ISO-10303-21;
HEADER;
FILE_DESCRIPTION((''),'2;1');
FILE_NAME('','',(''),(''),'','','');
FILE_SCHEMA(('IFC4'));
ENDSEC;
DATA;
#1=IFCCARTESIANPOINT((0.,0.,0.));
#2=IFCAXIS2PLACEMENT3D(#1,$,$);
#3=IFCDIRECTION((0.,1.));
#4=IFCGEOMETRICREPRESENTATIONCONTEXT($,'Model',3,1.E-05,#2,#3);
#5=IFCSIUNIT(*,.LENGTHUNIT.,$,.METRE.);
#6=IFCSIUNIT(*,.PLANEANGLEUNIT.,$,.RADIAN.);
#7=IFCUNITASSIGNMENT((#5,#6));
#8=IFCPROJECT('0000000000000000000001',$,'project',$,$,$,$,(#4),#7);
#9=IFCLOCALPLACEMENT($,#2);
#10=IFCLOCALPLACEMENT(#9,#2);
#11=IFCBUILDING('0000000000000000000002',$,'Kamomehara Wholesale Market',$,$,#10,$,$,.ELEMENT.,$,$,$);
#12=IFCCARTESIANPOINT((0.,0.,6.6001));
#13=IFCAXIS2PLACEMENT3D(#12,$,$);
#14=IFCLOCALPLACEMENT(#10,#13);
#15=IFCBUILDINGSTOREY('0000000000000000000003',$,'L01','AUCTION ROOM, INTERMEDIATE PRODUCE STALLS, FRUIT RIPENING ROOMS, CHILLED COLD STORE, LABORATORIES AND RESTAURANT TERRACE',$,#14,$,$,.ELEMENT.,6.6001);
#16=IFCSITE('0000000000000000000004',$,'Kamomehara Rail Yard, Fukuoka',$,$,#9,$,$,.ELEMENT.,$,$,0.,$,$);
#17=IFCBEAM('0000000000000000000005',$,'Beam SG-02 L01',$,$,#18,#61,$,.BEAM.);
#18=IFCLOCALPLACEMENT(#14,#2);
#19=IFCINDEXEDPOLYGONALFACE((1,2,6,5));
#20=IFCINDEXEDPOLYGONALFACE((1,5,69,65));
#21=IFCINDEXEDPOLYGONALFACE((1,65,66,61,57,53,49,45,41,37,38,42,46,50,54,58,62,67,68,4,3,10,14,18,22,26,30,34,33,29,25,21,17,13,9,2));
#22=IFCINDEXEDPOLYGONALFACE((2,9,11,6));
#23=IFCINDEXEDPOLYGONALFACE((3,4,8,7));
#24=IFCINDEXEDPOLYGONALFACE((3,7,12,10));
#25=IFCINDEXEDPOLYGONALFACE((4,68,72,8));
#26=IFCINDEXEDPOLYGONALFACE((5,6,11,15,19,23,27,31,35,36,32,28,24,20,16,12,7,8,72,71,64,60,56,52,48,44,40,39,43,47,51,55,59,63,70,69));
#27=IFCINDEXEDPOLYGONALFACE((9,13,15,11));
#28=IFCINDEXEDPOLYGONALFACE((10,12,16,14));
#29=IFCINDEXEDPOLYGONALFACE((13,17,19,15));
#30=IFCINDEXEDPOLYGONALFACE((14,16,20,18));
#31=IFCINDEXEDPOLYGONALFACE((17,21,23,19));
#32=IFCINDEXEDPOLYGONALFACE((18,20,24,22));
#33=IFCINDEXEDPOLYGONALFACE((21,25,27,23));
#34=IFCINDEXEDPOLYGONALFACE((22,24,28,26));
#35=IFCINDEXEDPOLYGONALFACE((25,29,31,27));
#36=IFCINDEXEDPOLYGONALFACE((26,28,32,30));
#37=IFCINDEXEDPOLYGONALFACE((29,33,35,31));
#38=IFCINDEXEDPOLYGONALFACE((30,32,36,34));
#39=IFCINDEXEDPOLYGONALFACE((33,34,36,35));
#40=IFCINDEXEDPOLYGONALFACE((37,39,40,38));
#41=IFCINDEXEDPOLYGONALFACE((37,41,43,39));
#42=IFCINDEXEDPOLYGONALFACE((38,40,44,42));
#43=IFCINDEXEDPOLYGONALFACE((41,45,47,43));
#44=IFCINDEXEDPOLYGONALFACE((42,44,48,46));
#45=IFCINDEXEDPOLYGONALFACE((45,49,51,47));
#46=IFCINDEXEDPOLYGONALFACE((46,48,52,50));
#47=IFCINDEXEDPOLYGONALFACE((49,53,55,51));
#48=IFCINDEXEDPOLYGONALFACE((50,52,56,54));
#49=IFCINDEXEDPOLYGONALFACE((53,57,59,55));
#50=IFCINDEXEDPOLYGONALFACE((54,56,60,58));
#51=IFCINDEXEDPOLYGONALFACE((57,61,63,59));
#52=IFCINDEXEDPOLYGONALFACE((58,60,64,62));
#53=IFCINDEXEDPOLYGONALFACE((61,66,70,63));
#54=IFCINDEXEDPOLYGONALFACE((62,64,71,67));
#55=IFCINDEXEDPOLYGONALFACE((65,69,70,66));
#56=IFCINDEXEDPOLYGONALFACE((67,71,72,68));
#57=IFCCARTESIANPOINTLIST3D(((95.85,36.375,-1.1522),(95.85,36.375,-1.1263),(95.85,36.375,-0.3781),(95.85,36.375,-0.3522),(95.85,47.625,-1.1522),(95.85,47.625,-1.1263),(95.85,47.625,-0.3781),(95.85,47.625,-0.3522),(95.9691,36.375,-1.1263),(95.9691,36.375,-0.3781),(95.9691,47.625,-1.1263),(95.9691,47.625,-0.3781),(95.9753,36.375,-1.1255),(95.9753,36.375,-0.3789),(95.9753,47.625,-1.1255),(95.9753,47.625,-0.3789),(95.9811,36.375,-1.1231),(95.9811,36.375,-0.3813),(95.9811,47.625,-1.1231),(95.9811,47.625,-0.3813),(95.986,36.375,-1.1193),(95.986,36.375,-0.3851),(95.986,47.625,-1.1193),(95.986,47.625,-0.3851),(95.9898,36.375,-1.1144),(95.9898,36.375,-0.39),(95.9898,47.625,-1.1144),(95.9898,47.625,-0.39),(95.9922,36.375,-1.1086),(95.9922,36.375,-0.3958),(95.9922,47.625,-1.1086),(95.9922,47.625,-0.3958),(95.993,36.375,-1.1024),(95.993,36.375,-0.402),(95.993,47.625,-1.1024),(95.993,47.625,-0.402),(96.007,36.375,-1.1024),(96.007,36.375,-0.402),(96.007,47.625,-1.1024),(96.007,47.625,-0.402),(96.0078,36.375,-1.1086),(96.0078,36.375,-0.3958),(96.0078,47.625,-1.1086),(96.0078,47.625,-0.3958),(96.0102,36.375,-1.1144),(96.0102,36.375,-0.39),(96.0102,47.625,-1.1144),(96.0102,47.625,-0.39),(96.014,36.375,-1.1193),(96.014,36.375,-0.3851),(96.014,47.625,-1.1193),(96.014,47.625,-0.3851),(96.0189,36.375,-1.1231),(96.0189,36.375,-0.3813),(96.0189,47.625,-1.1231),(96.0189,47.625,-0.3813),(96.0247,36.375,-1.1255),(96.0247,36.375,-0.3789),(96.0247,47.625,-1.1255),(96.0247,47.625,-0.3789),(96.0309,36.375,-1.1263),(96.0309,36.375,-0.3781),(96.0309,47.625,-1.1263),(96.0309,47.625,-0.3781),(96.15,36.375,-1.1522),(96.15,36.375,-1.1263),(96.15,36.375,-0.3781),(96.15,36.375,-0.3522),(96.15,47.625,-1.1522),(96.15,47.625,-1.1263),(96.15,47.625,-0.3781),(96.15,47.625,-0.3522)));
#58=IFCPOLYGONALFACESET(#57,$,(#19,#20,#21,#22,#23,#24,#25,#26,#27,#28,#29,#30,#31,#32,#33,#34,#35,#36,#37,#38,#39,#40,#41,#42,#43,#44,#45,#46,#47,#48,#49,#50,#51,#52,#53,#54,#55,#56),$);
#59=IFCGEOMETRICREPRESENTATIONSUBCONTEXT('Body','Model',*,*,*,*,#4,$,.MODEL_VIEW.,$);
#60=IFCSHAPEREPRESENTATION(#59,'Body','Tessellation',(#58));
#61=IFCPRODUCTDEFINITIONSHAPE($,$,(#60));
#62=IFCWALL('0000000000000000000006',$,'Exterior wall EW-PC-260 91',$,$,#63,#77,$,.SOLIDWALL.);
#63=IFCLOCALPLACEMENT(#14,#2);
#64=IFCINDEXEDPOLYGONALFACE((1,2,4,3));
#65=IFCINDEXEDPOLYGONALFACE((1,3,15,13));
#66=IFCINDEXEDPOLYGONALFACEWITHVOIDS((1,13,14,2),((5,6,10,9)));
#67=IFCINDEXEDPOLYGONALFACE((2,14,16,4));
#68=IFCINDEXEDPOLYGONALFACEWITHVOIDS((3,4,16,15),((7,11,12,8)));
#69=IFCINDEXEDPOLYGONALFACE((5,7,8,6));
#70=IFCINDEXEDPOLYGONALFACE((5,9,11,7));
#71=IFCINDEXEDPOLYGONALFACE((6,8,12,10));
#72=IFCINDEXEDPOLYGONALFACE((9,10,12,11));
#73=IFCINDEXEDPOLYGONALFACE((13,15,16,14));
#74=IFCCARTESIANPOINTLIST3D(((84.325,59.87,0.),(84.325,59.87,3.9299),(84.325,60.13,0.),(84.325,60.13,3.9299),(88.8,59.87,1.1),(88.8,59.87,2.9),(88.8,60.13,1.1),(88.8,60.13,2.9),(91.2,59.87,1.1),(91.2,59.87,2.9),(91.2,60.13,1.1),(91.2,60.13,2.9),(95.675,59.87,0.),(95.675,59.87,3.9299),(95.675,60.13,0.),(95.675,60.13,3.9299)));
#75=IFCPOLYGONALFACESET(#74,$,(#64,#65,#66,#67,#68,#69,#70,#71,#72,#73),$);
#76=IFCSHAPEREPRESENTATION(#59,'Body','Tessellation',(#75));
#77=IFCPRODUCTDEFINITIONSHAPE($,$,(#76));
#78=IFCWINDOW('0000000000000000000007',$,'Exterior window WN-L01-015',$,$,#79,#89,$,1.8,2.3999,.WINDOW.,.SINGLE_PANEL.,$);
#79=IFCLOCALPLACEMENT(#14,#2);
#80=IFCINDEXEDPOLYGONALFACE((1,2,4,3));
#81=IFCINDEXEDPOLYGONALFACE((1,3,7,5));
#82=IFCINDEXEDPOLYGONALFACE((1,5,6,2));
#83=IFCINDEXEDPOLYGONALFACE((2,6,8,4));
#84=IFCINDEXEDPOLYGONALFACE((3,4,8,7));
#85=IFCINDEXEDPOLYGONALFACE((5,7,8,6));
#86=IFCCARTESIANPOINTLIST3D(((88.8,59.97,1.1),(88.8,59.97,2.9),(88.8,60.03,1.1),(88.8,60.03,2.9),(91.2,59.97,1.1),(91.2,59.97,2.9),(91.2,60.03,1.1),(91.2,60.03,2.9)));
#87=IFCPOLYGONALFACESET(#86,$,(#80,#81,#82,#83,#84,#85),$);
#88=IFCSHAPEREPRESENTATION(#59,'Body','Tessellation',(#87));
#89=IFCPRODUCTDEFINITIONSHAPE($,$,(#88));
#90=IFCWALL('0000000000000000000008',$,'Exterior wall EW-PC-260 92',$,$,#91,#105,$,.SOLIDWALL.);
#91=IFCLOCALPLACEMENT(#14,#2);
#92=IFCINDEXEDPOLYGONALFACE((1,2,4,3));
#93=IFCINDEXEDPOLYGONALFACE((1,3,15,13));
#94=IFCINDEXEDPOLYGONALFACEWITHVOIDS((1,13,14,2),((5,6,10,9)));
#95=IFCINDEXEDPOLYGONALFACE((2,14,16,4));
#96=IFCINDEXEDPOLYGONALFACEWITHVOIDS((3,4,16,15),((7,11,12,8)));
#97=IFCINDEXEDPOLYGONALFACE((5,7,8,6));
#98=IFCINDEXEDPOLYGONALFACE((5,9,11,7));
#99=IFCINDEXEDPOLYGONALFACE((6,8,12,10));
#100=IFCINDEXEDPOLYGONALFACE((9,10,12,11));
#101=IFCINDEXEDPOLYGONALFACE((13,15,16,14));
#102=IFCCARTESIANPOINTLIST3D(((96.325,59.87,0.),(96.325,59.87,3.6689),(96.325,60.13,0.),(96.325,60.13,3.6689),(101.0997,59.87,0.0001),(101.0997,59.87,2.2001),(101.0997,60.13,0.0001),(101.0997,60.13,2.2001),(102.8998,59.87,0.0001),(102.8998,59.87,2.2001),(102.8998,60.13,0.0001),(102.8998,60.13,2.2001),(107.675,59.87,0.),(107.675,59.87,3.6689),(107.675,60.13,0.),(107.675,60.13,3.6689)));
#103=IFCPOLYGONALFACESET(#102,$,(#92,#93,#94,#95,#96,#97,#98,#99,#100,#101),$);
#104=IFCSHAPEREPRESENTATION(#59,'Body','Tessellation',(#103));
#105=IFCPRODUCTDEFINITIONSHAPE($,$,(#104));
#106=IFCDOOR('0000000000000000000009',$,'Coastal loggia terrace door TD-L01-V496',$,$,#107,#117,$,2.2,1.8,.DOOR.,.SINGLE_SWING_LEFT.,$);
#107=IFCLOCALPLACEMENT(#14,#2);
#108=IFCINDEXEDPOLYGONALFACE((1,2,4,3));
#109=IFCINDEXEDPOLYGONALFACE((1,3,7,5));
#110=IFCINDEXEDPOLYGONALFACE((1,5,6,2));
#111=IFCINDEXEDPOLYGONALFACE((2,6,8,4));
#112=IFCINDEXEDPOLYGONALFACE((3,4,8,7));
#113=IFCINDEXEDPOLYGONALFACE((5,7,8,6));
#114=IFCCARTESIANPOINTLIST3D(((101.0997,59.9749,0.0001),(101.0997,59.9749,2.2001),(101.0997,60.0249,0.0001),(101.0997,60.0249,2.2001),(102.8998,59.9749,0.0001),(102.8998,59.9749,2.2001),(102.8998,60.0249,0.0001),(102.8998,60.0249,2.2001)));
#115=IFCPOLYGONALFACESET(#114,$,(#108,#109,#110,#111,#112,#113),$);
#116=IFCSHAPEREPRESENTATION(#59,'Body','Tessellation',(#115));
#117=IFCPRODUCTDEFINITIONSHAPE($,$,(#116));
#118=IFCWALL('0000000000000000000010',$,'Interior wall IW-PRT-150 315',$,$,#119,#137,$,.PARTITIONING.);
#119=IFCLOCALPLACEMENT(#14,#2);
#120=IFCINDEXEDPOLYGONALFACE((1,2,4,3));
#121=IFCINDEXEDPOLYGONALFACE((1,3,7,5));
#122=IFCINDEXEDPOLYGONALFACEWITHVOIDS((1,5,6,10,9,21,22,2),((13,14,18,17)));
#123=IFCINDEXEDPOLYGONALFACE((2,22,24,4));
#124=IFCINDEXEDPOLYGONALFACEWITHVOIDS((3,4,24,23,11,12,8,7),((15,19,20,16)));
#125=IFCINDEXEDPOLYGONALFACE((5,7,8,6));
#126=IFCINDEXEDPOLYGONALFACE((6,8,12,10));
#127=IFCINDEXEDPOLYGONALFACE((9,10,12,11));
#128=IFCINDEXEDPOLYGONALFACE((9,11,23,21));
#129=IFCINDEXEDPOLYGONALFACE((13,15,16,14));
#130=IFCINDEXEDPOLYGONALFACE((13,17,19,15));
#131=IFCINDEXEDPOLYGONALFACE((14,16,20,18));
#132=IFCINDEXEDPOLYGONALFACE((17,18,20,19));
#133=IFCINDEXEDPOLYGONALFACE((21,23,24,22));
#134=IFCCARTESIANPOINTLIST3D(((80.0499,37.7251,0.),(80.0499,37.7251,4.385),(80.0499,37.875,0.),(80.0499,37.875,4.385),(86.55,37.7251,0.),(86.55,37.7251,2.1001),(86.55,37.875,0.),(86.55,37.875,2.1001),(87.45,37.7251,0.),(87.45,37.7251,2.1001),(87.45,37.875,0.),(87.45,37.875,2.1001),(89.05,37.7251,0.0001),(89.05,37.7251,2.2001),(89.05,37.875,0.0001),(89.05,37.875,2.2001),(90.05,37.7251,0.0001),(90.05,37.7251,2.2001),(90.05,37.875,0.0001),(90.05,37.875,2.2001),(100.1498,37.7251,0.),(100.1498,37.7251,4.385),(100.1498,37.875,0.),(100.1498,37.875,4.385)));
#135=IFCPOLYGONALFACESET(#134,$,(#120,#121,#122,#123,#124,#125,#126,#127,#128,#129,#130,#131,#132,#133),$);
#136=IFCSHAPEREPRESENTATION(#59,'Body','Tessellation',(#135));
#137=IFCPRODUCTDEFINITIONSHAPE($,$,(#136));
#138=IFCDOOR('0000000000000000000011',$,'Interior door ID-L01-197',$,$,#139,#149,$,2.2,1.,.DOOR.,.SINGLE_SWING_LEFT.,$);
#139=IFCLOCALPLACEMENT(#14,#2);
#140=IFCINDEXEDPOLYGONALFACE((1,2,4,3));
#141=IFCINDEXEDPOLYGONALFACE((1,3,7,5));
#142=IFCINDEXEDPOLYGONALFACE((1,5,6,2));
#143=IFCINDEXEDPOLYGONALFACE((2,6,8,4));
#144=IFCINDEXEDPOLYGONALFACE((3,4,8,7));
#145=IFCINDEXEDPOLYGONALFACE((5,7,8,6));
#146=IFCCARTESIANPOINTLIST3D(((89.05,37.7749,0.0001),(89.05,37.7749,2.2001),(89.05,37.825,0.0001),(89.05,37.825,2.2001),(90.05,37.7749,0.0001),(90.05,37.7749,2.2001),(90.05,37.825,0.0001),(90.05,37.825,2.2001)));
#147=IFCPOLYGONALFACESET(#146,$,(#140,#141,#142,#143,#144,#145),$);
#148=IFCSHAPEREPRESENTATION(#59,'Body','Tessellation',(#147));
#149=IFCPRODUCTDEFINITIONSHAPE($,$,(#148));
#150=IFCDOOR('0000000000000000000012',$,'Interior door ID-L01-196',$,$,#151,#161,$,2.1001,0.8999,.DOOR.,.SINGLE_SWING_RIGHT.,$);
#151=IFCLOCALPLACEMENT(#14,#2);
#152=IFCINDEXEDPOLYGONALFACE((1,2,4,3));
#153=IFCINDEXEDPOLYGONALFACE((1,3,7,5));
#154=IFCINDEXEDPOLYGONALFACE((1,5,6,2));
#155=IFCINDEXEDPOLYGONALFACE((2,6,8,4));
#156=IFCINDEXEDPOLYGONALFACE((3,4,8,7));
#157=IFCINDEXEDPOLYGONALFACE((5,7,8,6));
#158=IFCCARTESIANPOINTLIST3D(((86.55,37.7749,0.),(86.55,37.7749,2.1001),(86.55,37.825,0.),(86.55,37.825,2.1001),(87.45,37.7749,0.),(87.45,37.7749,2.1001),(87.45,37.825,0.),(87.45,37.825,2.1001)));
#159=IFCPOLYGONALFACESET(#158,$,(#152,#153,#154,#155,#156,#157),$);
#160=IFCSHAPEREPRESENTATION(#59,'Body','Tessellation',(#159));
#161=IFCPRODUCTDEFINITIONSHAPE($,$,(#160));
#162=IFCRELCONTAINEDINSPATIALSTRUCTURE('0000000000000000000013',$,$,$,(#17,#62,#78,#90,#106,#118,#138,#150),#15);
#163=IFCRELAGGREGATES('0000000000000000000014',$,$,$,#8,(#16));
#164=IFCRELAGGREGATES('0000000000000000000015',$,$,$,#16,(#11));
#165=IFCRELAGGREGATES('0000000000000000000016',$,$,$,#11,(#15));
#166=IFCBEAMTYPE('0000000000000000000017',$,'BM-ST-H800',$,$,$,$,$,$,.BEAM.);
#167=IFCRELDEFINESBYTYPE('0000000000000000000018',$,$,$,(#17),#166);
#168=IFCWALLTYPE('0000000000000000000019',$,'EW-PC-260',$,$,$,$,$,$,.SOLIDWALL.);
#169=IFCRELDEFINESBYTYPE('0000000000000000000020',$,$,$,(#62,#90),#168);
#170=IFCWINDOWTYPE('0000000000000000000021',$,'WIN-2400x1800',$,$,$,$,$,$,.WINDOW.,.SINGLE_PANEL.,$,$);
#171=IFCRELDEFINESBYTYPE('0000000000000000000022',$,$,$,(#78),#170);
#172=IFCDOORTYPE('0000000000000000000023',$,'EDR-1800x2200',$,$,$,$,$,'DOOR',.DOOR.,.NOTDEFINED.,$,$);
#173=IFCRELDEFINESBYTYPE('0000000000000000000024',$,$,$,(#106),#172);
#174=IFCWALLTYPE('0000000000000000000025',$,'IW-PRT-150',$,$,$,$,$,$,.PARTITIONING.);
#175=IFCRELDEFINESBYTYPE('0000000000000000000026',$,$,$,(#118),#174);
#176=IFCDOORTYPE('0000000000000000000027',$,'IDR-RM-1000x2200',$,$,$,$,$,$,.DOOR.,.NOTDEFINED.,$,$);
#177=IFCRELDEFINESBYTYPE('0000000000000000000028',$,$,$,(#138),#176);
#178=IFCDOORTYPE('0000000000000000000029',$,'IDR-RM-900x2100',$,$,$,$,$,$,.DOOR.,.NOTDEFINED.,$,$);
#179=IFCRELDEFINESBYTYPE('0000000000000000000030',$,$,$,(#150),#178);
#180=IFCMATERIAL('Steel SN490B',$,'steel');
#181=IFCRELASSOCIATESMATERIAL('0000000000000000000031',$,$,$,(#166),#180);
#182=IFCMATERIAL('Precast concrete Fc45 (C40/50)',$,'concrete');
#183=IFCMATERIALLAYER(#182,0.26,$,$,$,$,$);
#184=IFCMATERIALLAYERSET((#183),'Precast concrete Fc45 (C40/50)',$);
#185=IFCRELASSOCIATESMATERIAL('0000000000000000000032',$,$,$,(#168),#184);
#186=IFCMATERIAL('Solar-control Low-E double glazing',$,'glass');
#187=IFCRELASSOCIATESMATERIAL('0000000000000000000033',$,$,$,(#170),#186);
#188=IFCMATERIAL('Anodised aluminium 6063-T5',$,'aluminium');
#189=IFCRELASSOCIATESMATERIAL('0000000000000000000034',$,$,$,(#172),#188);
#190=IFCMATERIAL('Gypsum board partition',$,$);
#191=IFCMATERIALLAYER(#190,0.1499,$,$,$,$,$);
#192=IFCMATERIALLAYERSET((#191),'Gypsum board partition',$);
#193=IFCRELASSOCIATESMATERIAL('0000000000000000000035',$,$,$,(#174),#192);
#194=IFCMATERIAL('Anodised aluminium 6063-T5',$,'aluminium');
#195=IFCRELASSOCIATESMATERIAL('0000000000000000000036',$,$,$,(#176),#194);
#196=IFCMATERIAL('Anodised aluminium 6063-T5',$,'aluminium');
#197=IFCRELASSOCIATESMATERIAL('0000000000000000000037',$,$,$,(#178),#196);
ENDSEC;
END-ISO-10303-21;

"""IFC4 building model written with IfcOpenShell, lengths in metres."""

from ifc_helpers import new_model, si_unit, direction, frame, frame_2d, origin, origin_2d, place, context, subcontext, project, spatial, rectangle, i_section, extrude, material, layer, layer_set, material_profile, profile_set, type_object, element, fill, save


model = new_model("IFC4")

# Units and contexts
model_context = context("Model", 3, precision=1e-05, world=origin(), true_north=direction((0.0, 1.0)))
body_context = subcontext(model_context, "Body", "Model", "MODEL_VIEW")
ifc_project = project(units=[si_unit("LENGTHUNIT", "METRE"), si_unit("PLANEANGLEUNIT", "RADIAN")], contexts=[model_context])

# Site, building, storey
site_placement = place(None, origin())
site = spatial("IfcSite", under=ifc_project, at=site_placement, Name="Kamomehara Rail Yard, Fukuoka", CompositionType="ELEMENT", RefElevation=0.0)
building_placement = place(site_placement, origin())
building = spatial("IfcBuilding", under=site, at=building_placement, Name="Kamomehara Wholesale Market", CompositionType="ELEMENT")
storey_placement = place(building_placement, frame((0.0, 0.0, 6.6001)))
storey = spatial("IfcBuildingStorey", under=building, at=storey_placement, Name="L01", Description="AUCTION ROOM, INTERMEDIATE PRODUCE STALLS, FRUIT RIPENING ROOMS, CHILLED COLD STORE, LABORATORIES AND RESTAURANT TERRACE", CompositionType="ELEMENT", Elevation=6.6001)

# Beam
ifc_material_1 = material(Name="Steel SN490B", Category="steel")
ifc_material_profile_1 = material_profile(ifc_material_1, i_section(OverallWidth=0.3, OverallDepth=0.8, WebThickness=0.0139, FlangeThickness=0.0259, FilletRadius=0.0239, at=origin_2d()), Name="H-800x300x14x26")
ifc_profile_set_1 = profile_set([ifc_material_profile_1], Name="Steel SN490B")
beam_type_1 = type_object("IfcBeamType", Name="BM-ST-H800", PredefinedType="BEAM", material=ifc_profile_set_1)
beam_1_placement = place(storey_placement, frame((96.0, 36.375, -0.7522), z_axis=(0.0, 1.0, 0.0), x_axis=(-1.0, 0.0, 0.0)))
element("IfcBeam", 1, at=beam_1_placement, inside=storey, type_object=beam_type_1, Name="Beam SG-02 L01", PredefinedType="BEAM", context=body_context, shape_type="SweptSolid", body=[
    extrude(i_section(OverallWidth=0.3, OverallDepth=0.8, WebThickness=0.0139, FlangeThickness=0.0259, FilletRadius=0.0239, at=origin_2d()), origin(), (0.0, 0.0, 1.0), 11.25),
])

# Wall, opening, window
ifc_material_2 = material(Name="Precast concrete Fc45 (C40/50)", Category="concrete")
ifc_layer_1 = layer(ifc_material_2, 0.26)
ifc_layer_set_1 = layer_set([ifc_layer_1], Name="Precast concrete Fc45 (C40/50)")
wall_type_1 = type_object("IfcWallType", Name="EW-PC-260", PredefinedType="SOLIDWALL", material=ifc_layer_set_1)
wall_1_placement = place(storey_placement, frame((84.325, 60.0, 0.0), z_axis=(0.0, 0.0, 1.0), x_axis=(1.0, 0.0, 0.0)))
wall_1 = element("IfcWall", 2, at=wall_1_placement, inside=storey, type_object=wall_type_1, Name="Exterior wall EW-PC-260 91", PredefinedType="SOLIDWALL", context=body_context, shape_type="SweptSolid", body=[
    extrude(rectangle(XDim=11.3501, YDim=0.26, at=frame_2d((5.675, 0.0))), origin(), (0.0, 0.0, 1.0), 3.9299),
])
opening_1_placement = place(wall_1_placement, frame((4.4751, 0.0, 1.1001)))
opening_1 = element("IfcOpeningElement", 3, at=opening_1_placement, cuts=wall_1, PredefinedType="OPENING", context=body_context, shape_type="SweptSolid", body=[
    extrude(rectangle(XDim=2.3999, YDim=1.8, at=frame_2d((1.2, 0.8999))), frame((0.0, 0.145, 0.0), z_axis=(0.0, -1.0, 0.0), x_axis=(1.0, 0.0, 0.0)), (0.0, 0.0, 1.0), 0.2898),
])
ifc_material_3 = material(Name="Solar-control Low-E double glazing", Category="glass")
window_type = type_object("IfcWindowType", Name="WIN-2400x1800", PartitioningType="SINGLE_PANEL", PredefinedType="WINDOW", material=ifc_material_3)
window_placement = place(opening_1_placement, origin())
window = element("IfcWindow", 4, at=window_placement, inside=storey, type_object=window_type, Name="Exterior window WN-L01-015", OverallHeight=1.8, OverallWidth=2.3999, PartitioningType="SINGLE_PANEL", PredefinedType="WINDOW", context=body_context, shape_type="SweptSolid", body=[
    extrude(rectangle(XDim=2.3999, YDim=1.8, at=frame_2d((1.2, 0.8999))), frame((0.0, 0.03, 0.0), z_axis=(0.0, -1.0, 0.0), x_axis=(1.0, 0.0, 0.0)), (0.0, 0.0, 1.0), 0.0601),
])
fill(opening_1, window)

# Wall, opening, door
wall_2_placement = place(storey_placement, frame((96.325, 60.0, 0.0), z_axis=(0.0, 0.0, 1.0), x_axis=(1.0, 0.0, 0.0)))
wall_2 = element("IfcWall", 5, at=wall_2_placement, inside=storey, type_object=wall_type_1, Name="Exterior wall EW-PC-260 92", PredefinedType="SOLIDWALL", context=body_context, shape_type="SweptSolid", body=[
    extrude(rectangle(XDim=11.3501, YDim=0.26, at=frame_2d((5.675, 0.0))), origin(), (0.0, 0.0, 1.0), 3.6689),
])
opening_2_placement = place(wall_2_placement, frame((4.7749, 0.0, 0.0)))
opening_2 = element("IfcOpeningElement", 6, at=opening_2_placement, cuts=wall_2, PredefinedType="OPENING", context=body_context, shape_type="SweptSolid", body=[
    extrude(rectangle(XDim=1.8, YDim=2.2, at=frame_2d((0.8999, 1.1001))), frame((0.0, 0.145, 0.0), z_axis=(0.0, -1.0, 0.0), x_axis=(1.0, 0.0, 0.0)), (0.0, 0.0, 1.0), 0.2898),
])
ifc_material_4 = material(Name="Anodised aluminium 6063-T5", Category="aluminium")
door_type_1 = type_object("IfcDoorType", Name="EDR-1800x2200", ElementType="DOOR", OperationType="NOTDEFINED", PredefinedType="DOOR", material=ifc_material_4)
door_1_placement = place(opening_2_placement, origin())
door_1 = element("IfcDoor", 7, at=door_1_placement, inside=storey, type_object=door_type_1, Name="Coastal loggia terrace door TD-L01-V496", OperationType="SINGLE_SWING_LEFT", OverallHeight=2.2, OverallWidth=1.8, PredefinedType="DOOR", context=body_context, shape_type="SweptSolid", body=[
    extrude(rectangle(XDim=1.8, YDim=2.2, at=frame_2d((0.8999, 1.1001))), frame((0.0, 0.0249, 0.0), z_axis=(0.0, -1.0, 0.0), x_axis=(1.0, 0.0, 0.0)), (0.0, 0.0, 1.0), 0.05),
])
fill(opening_2, door_1)

# Wall, openings, doors
ifc_material_5 = material(Name="Gypsum board partition")
ifc_layer_2 = layer(ifc_material_5, 0.1499)
ifc_layer_set_2 = layer_set([ifc_layer_2], Name="Gypsum board partition")
wall_type_2 = type_object("IfcWallType", Name="IW-PRT-150", PredefinedType="PARTITIONING", material=ifc_layer_set_2)
wall_3_placement = place(storey_placement, frame((80.05, 37.8, 0.0), z_axis=(0.0, 0.0, 1.0), x_axis=(1.0, 0.0, 0.0)))
wall_3 = element("IfcWall", 8, at=wall_3_placement, inside=storey, type_object=wall_type_2, Name="Interior wall IW-PRT-150 315", PredefinedType="PARTITIONING", context=body_context, shape_type="SweptSolid", body=[
    extrude(rectangle(XDim=20.0999, YDim=0.1499, at=frame_2d((10.0498, 0.0))), origin(), (0.0, 0.0, 1.0), 4.385),
])
opening_3_placement = place(wall_3_placement, frame((6.5, 0.0, 0.0)))
opening_3 = element("IfcOpeningElement", 9, at=opening_3_placement, cuts=wall_3, PredefinedType="OPENING", context=body_context, shape_type="SweptSolid", body=[
    extrude(rectangle(XDim=0.8999, YDim=2.1001, at=frame_2d((0.45, 1.05))), frame((0.0, 0.0898, 0.0), z_axis=(0.0, -1.0, 0.0), x_axis=(1.0, 0.0, 0.0)), (0.0, 0.0, 1.0), 0.1797),
])
opening_4_placement = place(wall_3_placement, frame((9.0, 0.0, 0.0)))
opening_4 = element("IfcOpeningElement", 10, at=opening_4_placement, cuts=wall_3, PredefinedType="OPENING", context=body_context, shape_type="SweptSolid", body=[
    extrude(rectangle(XDim=1.0, YDim=2.2, at=frame_2d((0.5, 1.1001))), frame((0.0, 0.0898, 0.0), z_axis=(0.0, -1.0, 0.0), x_axis=(1.0, 0.0, 0.0)), (0.0, 0.0, 1.0), 0.1797),
])
ifc_material_6 = material(Name="Anodised aluminium 6063-T5", Category="aluminium")
door_type_2 = type_object("IfcDoorType", Name="IDR-RM-1000x2200", OperationType="NOTDEFINED", PredefinedType="DOOR", material=ifc_material_6)
door_2_placement = place(opening_4_placement, origin())
door_2 = element("IfcDoor", 11, at=door_2_placement, inside=storey, type_object=door_type_2, Name="Interior door ID-L01-197", OperationType="SINGLE_SWING_LEFT", OverallHeight=2.2, OverallWidth=1.0, PredefinedType="DOOR", context=body_context, shape_type="SweptSolid", body=[
    extrude(rectangle(XDim=1.0, YDim=2.2, at=frame_2d((0.5, 1.1001))), frame((0.0, 0.0249, 0.0), z_axis=(0.0, -1.0, 0.0), x_axis=(1.0, 0.0, 0.0)), (0.0, 0.0, 1.0), 0.05),
])
fill(opening_4, door_2)
ifc_material_7 = material(Name="Anodised aluminium 6063-T5", Category="aluminium")
door_type_3 = type_object("IfcDoorType", Name="IDR-RM-900x2100", OperationType="NOTDEFINED", PredefinedType="DOOR", material=ifc_material_7)
door_3_placement = place(opening_3_placement, origin())
door_3 = element("IfcDoor", 12, at=door_3_placement, inside=storey, type_object=door_type_3, Name="Interior door ID-L01-196", OperationType="SINGLE_SWING_RIGHT", OverallHeight=2.1001, OverallWidth=0.8999, PredefinedType="DOOR", context=body_context, shape_type="SweptSolid", body=[
    extrude(rectangle(XDim=0.8999, YDim=2.1001, at=frame_2d((0.45, 1.05))), frame((0.0, 0.0249, 0.0), z_axis=(0.0, -1.0, 0.0), x_axis=(1.0, 0.0, 0.0)), (0.0, 0.0, 1.0), 0.05),
])
fill(opening_3, door_3)

save(model, "model.ifc")
